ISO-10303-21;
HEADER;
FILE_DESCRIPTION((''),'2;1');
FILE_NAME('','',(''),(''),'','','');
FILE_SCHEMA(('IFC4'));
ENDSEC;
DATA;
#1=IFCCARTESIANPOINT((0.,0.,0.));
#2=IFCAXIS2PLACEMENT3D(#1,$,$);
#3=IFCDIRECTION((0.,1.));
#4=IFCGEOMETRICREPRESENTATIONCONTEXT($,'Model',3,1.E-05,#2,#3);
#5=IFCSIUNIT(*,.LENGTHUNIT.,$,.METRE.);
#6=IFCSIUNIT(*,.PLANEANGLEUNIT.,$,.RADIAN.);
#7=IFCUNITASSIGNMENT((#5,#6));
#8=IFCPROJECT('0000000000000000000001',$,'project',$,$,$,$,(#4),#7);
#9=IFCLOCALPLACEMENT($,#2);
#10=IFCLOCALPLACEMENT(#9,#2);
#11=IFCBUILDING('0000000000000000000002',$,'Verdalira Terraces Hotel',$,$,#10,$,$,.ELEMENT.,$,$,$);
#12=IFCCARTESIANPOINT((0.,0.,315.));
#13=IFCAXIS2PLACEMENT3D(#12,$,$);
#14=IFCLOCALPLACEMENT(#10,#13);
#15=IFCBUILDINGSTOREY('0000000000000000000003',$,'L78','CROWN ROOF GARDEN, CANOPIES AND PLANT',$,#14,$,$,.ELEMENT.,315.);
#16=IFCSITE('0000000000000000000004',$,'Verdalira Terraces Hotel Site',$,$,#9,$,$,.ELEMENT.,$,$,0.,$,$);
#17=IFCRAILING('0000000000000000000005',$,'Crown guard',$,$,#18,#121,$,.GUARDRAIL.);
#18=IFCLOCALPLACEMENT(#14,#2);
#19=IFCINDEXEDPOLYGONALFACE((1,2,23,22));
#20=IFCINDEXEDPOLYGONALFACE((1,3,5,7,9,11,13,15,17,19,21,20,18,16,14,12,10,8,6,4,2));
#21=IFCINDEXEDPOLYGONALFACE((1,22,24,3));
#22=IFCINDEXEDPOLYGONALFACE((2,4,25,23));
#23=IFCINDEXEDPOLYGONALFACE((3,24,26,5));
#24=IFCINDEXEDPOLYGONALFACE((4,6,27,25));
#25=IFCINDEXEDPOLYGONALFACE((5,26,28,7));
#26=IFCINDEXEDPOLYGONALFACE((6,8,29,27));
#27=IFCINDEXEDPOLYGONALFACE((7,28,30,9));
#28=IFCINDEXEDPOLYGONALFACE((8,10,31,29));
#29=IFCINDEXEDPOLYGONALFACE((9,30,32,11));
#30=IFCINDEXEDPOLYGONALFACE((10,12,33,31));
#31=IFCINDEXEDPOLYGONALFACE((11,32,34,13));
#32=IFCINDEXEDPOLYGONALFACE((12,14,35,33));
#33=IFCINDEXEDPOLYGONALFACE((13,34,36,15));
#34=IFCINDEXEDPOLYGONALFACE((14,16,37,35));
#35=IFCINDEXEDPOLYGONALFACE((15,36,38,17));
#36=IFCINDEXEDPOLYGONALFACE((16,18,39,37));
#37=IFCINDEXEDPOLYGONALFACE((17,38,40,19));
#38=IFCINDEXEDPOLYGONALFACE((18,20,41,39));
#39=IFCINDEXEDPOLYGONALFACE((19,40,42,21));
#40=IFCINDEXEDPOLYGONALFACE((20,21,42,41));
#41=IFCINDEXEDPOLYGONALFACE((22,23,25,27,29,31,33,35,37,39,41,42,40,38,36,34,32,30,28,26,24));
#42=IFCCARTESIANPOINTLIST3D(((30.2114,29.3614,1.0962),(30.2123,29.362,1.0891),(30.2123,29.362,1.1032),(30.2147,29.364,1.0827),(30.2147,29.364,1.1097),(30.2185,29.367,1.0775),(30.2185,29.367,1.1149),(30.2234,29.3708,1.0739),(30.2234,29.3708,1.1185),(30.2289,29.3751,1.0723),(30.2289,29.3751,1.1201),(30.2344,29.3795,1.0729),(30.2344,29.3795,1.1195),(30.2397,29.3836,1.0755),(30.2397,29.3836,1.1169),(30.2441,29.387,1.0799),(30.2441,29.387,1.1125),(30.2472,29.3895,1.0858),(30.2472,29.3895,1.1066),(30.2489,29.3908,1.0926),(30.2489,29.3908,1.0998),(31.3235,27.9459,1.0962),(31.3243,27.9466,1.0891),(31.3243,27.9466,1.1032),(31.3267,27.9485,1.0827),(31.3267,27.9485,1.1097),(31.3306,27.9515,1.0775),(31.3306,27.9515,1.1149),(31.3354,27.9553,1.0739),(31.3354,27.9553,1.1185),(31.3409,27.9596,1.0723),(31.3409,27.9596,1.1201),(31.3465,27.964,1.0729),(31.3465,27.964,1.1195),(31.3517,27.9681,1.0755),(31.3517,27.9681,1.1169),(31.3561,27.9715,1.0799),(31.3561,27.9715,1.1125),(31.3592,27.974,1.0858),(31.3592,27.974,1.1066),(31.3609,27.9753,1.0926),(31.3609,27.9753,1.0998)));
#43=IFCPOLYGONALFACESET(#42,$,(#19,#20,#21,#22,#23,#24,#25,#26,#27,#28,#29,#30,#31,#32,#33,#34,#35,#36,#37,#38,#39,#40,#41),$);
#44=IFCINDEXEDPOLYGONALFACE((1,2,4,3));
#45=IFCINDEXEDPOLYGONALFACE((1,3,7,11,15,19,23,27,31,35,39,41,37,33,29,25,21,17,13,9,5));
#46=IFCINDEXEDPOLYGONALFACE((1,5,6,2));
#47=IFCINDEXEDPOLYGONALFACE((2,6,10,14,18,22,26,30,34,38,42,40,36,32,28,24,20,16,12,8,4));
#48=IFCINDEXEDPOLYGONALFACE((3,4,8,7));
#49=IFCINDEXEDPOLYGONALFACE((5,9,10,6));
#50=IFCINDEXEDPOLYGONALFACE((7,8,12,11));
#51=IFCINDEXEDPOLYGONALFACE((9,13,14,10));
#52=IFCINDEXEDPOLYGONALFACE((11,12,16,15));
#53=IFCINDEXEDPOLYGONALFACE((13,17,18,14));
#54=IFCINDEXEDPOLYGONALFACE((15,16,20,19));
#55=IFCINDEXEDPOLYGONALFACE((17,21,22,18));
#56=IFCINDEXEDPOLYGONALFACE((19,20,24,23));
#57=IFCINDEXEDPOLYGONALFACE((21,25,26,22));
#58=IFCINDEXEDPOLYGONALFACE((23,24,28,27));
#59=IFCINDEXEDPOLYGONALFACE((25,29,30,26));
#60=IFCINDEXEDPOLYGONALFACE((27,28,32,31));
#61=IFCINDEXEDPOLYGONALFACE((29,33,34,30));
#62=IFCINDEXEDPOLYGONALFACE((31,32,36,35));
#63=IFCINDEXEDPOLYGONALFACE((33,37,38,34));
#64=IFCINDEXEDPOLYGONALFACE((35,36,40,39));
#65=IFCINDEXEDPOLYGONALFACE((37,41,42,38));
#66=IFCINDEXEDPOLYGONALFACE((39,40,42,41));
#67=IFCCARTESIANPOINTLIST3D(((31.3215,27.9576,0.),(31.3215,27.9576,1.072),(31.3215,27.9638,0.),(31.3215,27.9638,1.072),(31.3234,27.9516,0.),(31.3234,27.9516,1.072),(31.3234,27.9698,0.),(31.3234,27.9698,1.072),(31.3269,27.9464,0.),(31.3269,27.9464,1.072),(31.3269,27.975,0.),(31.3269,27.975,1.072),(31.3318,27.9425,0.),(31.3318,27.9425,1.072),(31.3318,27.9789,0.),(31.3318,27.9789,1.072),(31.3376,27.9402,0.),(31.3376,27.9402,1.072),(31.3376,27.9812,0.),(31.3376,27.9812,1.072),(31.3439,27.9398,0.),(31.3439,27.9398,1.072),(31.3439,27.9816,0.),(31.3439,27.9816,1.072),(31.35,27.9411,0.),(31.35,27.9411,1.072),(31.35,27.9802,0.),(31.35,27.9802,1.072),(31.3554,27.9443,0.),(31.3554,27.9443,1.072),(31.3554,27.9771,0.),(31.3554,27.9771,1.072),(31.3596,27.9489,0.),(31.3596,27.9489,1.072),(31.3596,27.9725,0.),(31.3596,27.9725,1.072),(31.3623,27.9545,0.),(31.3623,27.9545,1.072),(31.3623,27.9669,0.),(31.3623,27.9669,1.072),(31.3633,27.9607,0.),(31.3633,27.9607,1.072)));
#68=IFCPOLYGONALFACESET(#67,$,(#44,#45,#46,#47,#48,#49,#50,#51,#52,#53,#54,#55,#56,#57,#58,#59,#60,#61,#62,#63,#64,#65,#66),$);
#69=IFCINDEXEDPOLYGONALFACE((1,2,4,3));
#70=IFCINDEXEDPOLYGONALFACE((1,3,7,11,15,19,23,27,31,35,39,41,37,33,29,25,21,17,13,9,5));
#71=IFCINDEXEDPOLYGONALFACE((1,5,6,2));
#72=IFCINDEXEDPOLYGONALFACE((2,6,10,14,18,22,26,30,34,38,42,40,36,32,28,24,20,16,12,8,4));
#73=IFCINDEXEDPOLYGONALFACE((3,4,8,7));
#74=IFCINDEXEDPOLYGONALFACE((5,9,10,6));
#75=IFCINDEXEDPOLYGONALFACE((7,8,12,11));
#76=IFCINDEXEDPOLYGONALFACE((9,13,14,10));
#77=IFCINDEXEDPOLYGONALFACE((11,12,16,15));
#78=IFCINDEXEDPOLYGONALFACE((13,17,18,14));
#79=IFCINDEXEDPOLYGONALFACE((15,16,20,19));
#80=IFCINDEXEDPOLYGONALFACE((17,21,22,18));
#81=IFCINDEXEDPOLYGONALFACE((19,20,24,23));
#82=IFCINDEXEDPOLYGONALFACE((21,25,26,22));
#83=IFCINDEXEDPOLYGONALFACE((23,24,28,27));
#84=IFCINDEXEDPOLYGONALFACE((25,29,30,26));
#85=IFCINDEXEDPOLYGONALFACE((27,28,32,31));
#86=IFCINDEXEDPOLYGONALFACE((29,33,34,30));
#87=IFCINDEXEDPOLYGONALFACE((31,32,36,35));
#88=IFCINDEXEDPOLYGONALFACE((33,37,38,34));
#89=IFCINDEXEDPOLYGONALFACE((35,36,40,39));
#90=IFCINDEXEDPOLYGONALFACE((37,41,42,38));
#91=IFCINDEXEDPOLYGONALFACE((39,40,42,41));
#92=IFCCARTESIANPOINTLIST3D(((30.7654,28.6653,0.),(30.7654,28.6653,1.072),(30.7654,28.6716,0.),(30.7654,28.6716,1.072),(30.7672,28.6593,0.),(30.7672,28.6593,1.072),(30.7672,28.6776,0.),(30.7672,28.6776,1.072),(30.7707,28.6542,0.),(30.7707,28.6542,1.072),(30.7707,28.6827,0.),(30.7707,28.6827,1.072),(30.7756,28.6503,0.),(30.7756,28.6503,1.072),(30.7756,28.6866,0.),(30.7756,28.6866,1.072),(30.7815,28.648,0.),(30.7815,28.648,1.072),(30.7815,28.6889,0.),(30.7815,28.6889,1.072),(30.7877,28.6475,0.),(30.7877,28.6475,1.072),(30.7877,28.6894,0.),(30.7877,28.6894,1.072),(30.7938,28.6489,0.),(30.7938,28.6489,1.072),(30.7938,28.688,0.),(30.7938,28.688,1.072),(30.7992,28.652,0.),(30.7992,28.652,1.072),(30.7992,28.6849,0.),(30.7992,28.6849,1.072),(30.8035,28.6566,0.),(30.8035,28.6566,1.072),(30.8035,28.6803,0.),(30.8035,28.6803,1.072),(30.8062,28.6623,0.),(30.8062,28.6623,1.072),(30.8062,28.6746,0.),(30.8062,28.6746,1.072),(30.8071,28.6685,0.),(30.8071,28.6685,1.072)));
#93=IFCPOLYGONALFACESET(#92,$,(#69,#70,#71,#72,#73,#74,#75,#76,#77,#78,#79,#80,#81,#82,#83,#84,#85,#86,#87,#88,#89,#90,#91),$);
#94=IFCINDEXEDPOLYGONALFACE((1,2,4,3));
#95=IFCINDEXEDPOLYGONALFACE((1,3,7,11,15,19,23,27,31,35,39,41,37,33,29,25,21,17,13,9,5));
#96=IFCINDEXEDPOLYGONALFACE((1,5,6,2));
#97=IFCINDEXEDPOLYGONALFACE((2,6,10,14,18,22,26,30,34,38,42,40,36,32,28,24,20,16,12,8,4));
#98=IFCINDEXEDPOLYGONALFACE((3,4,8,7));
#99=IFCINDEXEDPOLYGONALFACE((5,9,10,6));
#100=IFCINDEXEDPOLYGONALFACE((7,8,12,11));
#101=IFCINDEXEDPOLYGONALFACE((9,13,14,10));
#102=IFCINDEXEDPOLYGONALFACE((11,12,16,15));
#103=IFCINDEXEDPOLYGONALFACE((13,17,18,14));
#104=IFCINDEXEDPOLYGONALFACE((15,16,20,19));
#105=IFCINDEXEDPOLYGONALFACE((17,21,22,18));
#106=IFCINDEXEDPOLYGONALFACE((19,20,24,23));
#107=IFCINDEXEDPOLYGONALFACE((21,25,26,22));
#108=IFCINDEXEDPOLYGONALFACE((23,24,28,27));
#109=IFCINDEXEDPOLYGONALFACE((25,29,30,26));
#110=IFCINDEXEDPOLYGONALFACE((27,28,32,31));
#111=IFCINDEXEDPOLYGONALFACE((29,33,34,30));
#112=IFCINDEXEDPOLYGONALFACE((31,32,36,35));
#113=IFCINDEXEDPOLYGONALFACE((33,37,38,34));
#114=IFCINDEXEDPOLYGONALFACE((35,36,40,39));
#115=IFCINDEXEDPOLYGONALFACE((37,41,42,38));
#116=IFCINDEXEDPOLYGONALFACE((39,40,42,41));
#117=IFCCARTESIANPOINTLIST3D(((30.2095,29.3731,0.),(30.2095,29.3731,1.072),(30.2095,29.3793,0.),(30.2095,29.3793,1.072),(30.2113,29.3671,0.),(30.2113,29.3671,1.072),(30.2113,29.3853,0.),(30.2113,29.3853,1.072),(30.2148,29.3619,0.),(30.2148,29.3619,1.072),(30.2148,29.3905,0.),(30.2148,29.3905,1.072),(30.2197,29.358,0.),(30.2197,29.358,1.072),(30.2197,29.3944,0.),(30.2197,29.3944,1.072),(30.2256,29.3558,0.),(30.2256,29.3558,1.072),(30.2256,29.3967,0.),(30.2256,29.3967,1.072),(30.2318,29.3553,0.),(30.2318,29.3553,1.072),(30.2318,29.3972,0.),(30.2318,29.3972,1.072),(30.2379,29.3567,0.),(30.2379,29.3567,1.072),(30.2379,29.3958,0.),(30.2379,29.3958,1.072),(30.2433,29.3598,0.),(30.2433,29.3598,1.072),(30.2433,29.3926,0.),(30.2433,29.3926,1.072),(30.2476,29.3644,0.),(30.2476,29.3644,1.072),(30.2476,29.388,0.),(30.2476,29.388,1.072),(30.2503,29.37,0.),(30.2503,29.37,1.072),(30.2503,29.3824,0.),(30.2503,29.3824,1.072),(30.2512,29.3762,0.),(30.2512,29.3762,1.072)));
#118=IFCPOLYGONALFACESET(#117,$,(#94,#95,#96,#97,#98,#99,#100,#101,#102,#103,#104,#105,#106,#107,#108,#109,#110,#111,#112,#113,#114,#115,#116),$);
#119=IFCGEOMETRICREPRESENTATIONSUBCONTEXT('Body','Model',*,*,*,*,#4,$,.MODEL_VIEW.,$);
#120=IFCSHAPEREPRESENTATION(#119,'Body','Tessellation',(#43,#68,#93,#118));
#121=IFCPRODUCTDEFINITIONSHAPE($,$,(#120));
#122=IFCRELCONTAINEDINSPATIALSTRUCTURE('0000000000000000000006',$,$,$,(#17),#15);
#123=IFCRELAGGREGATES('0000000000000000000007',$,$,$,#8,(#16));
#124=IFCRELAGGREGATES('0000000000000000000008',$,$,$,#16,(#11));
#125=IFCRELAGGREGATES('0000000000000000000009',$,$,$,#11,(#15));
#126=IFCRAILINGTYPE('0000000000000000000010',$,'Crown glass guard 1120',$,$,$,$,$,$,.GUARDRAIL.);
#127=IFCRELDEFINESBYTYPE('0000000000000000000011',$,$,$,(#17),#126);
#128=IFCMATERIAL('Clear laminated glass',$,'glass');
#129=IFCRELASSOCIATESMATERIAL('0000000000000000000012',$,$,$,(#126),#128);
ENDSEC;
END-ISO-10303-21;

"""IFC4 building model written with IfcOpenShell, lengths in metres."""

from ifc_helpers import new_model, si_unit, direction, frame, origin, origin_2d, place, context, subcontext, project, spatial, circle, extrude, material, type_object, element, save


model = new_model("IFC4")

# Units and contexts
model_context = context("Model", 3, precision=1e-05, world=origin(), true_north=direction((0.0, 1.0)))
body_context = subcontext(model_context, "Body", "Model", "MODEL_VIEW")
ifc_project = project(units=[si_unit("LENGTHUNIT", "METRE"), si_unit("PLANEANGLEUNIT", "RADIAN")], contexts=[model_context])

# Site, building, storey
site_placement = place(None, origin())
site = spatial("IfcSite", under=ifc_project, at=site_placement, Name="Verdalira Terraces Hotel Site", CompositionType="ELEMENT", RefElevation=0.0)
building_placement = place(site_placement, origin())
building = spatial("IfcBuilding", under=site, at=building_placement, Name="Verdalira Terraces Hotel", CompositionType="ELEMENT")
storey_placement = place(building_placement, frame((0.0, 0.0, 315.0)))
storey = spatial("IfcBuildingStorey", under=building, at=storey_placement, Name="L78", Description="CROWN ROOF GARDEN, CANOPIES AND PLANT", CompositionType="ELEMENT", Elevation=315.0)

# Railing
ifc_material_1 = material(Name="Clear laminated glass", Category="glass")
railing_type = type_object("IfcRailingType", Name="Crown glass guard 1120", PredefinedType="GUARDRAIL", material=ifc_material_1)
railing_1_placement = place(storey_placement, frame((31.3423, 27.9607, 0.0)))
element("IfcRailing", 1, at=railing_1_placement, inside=storey, type_object=railing_type, Name="Crown guard", PredefinedType="GUARDRAIL", context=body_context, shape_type="SweptSolid", body=[
    extrude(circle(Radius=0.0239, at=origin_2d()), frame((0.0, 0.0, 1.0962), z_axis=(-0.617774, 0.786356, 0.0), x_axis=(-0.786356, -0.617774, 0.0)), (0.0, 0.0, 1.0), 1.8),
    extrude(circle(Radius=0.021, at=origin_2d()), origin(), (0.0, 0.0, 1.0), 1.072),
    extrude(circle(Radius=0.021, at=origin_2d()), frame((-0.5562, 0.7078, 0.0)), (0.0, 0.0, 1.0), 1.072),
    extrude(circle(Radius=0.021, at=origin_2d()), frame((-1.1121, 1.4155, 0.0)), (0.0, 0.0, 1.0), 1.072),
])

save(model, "model.ifc")
